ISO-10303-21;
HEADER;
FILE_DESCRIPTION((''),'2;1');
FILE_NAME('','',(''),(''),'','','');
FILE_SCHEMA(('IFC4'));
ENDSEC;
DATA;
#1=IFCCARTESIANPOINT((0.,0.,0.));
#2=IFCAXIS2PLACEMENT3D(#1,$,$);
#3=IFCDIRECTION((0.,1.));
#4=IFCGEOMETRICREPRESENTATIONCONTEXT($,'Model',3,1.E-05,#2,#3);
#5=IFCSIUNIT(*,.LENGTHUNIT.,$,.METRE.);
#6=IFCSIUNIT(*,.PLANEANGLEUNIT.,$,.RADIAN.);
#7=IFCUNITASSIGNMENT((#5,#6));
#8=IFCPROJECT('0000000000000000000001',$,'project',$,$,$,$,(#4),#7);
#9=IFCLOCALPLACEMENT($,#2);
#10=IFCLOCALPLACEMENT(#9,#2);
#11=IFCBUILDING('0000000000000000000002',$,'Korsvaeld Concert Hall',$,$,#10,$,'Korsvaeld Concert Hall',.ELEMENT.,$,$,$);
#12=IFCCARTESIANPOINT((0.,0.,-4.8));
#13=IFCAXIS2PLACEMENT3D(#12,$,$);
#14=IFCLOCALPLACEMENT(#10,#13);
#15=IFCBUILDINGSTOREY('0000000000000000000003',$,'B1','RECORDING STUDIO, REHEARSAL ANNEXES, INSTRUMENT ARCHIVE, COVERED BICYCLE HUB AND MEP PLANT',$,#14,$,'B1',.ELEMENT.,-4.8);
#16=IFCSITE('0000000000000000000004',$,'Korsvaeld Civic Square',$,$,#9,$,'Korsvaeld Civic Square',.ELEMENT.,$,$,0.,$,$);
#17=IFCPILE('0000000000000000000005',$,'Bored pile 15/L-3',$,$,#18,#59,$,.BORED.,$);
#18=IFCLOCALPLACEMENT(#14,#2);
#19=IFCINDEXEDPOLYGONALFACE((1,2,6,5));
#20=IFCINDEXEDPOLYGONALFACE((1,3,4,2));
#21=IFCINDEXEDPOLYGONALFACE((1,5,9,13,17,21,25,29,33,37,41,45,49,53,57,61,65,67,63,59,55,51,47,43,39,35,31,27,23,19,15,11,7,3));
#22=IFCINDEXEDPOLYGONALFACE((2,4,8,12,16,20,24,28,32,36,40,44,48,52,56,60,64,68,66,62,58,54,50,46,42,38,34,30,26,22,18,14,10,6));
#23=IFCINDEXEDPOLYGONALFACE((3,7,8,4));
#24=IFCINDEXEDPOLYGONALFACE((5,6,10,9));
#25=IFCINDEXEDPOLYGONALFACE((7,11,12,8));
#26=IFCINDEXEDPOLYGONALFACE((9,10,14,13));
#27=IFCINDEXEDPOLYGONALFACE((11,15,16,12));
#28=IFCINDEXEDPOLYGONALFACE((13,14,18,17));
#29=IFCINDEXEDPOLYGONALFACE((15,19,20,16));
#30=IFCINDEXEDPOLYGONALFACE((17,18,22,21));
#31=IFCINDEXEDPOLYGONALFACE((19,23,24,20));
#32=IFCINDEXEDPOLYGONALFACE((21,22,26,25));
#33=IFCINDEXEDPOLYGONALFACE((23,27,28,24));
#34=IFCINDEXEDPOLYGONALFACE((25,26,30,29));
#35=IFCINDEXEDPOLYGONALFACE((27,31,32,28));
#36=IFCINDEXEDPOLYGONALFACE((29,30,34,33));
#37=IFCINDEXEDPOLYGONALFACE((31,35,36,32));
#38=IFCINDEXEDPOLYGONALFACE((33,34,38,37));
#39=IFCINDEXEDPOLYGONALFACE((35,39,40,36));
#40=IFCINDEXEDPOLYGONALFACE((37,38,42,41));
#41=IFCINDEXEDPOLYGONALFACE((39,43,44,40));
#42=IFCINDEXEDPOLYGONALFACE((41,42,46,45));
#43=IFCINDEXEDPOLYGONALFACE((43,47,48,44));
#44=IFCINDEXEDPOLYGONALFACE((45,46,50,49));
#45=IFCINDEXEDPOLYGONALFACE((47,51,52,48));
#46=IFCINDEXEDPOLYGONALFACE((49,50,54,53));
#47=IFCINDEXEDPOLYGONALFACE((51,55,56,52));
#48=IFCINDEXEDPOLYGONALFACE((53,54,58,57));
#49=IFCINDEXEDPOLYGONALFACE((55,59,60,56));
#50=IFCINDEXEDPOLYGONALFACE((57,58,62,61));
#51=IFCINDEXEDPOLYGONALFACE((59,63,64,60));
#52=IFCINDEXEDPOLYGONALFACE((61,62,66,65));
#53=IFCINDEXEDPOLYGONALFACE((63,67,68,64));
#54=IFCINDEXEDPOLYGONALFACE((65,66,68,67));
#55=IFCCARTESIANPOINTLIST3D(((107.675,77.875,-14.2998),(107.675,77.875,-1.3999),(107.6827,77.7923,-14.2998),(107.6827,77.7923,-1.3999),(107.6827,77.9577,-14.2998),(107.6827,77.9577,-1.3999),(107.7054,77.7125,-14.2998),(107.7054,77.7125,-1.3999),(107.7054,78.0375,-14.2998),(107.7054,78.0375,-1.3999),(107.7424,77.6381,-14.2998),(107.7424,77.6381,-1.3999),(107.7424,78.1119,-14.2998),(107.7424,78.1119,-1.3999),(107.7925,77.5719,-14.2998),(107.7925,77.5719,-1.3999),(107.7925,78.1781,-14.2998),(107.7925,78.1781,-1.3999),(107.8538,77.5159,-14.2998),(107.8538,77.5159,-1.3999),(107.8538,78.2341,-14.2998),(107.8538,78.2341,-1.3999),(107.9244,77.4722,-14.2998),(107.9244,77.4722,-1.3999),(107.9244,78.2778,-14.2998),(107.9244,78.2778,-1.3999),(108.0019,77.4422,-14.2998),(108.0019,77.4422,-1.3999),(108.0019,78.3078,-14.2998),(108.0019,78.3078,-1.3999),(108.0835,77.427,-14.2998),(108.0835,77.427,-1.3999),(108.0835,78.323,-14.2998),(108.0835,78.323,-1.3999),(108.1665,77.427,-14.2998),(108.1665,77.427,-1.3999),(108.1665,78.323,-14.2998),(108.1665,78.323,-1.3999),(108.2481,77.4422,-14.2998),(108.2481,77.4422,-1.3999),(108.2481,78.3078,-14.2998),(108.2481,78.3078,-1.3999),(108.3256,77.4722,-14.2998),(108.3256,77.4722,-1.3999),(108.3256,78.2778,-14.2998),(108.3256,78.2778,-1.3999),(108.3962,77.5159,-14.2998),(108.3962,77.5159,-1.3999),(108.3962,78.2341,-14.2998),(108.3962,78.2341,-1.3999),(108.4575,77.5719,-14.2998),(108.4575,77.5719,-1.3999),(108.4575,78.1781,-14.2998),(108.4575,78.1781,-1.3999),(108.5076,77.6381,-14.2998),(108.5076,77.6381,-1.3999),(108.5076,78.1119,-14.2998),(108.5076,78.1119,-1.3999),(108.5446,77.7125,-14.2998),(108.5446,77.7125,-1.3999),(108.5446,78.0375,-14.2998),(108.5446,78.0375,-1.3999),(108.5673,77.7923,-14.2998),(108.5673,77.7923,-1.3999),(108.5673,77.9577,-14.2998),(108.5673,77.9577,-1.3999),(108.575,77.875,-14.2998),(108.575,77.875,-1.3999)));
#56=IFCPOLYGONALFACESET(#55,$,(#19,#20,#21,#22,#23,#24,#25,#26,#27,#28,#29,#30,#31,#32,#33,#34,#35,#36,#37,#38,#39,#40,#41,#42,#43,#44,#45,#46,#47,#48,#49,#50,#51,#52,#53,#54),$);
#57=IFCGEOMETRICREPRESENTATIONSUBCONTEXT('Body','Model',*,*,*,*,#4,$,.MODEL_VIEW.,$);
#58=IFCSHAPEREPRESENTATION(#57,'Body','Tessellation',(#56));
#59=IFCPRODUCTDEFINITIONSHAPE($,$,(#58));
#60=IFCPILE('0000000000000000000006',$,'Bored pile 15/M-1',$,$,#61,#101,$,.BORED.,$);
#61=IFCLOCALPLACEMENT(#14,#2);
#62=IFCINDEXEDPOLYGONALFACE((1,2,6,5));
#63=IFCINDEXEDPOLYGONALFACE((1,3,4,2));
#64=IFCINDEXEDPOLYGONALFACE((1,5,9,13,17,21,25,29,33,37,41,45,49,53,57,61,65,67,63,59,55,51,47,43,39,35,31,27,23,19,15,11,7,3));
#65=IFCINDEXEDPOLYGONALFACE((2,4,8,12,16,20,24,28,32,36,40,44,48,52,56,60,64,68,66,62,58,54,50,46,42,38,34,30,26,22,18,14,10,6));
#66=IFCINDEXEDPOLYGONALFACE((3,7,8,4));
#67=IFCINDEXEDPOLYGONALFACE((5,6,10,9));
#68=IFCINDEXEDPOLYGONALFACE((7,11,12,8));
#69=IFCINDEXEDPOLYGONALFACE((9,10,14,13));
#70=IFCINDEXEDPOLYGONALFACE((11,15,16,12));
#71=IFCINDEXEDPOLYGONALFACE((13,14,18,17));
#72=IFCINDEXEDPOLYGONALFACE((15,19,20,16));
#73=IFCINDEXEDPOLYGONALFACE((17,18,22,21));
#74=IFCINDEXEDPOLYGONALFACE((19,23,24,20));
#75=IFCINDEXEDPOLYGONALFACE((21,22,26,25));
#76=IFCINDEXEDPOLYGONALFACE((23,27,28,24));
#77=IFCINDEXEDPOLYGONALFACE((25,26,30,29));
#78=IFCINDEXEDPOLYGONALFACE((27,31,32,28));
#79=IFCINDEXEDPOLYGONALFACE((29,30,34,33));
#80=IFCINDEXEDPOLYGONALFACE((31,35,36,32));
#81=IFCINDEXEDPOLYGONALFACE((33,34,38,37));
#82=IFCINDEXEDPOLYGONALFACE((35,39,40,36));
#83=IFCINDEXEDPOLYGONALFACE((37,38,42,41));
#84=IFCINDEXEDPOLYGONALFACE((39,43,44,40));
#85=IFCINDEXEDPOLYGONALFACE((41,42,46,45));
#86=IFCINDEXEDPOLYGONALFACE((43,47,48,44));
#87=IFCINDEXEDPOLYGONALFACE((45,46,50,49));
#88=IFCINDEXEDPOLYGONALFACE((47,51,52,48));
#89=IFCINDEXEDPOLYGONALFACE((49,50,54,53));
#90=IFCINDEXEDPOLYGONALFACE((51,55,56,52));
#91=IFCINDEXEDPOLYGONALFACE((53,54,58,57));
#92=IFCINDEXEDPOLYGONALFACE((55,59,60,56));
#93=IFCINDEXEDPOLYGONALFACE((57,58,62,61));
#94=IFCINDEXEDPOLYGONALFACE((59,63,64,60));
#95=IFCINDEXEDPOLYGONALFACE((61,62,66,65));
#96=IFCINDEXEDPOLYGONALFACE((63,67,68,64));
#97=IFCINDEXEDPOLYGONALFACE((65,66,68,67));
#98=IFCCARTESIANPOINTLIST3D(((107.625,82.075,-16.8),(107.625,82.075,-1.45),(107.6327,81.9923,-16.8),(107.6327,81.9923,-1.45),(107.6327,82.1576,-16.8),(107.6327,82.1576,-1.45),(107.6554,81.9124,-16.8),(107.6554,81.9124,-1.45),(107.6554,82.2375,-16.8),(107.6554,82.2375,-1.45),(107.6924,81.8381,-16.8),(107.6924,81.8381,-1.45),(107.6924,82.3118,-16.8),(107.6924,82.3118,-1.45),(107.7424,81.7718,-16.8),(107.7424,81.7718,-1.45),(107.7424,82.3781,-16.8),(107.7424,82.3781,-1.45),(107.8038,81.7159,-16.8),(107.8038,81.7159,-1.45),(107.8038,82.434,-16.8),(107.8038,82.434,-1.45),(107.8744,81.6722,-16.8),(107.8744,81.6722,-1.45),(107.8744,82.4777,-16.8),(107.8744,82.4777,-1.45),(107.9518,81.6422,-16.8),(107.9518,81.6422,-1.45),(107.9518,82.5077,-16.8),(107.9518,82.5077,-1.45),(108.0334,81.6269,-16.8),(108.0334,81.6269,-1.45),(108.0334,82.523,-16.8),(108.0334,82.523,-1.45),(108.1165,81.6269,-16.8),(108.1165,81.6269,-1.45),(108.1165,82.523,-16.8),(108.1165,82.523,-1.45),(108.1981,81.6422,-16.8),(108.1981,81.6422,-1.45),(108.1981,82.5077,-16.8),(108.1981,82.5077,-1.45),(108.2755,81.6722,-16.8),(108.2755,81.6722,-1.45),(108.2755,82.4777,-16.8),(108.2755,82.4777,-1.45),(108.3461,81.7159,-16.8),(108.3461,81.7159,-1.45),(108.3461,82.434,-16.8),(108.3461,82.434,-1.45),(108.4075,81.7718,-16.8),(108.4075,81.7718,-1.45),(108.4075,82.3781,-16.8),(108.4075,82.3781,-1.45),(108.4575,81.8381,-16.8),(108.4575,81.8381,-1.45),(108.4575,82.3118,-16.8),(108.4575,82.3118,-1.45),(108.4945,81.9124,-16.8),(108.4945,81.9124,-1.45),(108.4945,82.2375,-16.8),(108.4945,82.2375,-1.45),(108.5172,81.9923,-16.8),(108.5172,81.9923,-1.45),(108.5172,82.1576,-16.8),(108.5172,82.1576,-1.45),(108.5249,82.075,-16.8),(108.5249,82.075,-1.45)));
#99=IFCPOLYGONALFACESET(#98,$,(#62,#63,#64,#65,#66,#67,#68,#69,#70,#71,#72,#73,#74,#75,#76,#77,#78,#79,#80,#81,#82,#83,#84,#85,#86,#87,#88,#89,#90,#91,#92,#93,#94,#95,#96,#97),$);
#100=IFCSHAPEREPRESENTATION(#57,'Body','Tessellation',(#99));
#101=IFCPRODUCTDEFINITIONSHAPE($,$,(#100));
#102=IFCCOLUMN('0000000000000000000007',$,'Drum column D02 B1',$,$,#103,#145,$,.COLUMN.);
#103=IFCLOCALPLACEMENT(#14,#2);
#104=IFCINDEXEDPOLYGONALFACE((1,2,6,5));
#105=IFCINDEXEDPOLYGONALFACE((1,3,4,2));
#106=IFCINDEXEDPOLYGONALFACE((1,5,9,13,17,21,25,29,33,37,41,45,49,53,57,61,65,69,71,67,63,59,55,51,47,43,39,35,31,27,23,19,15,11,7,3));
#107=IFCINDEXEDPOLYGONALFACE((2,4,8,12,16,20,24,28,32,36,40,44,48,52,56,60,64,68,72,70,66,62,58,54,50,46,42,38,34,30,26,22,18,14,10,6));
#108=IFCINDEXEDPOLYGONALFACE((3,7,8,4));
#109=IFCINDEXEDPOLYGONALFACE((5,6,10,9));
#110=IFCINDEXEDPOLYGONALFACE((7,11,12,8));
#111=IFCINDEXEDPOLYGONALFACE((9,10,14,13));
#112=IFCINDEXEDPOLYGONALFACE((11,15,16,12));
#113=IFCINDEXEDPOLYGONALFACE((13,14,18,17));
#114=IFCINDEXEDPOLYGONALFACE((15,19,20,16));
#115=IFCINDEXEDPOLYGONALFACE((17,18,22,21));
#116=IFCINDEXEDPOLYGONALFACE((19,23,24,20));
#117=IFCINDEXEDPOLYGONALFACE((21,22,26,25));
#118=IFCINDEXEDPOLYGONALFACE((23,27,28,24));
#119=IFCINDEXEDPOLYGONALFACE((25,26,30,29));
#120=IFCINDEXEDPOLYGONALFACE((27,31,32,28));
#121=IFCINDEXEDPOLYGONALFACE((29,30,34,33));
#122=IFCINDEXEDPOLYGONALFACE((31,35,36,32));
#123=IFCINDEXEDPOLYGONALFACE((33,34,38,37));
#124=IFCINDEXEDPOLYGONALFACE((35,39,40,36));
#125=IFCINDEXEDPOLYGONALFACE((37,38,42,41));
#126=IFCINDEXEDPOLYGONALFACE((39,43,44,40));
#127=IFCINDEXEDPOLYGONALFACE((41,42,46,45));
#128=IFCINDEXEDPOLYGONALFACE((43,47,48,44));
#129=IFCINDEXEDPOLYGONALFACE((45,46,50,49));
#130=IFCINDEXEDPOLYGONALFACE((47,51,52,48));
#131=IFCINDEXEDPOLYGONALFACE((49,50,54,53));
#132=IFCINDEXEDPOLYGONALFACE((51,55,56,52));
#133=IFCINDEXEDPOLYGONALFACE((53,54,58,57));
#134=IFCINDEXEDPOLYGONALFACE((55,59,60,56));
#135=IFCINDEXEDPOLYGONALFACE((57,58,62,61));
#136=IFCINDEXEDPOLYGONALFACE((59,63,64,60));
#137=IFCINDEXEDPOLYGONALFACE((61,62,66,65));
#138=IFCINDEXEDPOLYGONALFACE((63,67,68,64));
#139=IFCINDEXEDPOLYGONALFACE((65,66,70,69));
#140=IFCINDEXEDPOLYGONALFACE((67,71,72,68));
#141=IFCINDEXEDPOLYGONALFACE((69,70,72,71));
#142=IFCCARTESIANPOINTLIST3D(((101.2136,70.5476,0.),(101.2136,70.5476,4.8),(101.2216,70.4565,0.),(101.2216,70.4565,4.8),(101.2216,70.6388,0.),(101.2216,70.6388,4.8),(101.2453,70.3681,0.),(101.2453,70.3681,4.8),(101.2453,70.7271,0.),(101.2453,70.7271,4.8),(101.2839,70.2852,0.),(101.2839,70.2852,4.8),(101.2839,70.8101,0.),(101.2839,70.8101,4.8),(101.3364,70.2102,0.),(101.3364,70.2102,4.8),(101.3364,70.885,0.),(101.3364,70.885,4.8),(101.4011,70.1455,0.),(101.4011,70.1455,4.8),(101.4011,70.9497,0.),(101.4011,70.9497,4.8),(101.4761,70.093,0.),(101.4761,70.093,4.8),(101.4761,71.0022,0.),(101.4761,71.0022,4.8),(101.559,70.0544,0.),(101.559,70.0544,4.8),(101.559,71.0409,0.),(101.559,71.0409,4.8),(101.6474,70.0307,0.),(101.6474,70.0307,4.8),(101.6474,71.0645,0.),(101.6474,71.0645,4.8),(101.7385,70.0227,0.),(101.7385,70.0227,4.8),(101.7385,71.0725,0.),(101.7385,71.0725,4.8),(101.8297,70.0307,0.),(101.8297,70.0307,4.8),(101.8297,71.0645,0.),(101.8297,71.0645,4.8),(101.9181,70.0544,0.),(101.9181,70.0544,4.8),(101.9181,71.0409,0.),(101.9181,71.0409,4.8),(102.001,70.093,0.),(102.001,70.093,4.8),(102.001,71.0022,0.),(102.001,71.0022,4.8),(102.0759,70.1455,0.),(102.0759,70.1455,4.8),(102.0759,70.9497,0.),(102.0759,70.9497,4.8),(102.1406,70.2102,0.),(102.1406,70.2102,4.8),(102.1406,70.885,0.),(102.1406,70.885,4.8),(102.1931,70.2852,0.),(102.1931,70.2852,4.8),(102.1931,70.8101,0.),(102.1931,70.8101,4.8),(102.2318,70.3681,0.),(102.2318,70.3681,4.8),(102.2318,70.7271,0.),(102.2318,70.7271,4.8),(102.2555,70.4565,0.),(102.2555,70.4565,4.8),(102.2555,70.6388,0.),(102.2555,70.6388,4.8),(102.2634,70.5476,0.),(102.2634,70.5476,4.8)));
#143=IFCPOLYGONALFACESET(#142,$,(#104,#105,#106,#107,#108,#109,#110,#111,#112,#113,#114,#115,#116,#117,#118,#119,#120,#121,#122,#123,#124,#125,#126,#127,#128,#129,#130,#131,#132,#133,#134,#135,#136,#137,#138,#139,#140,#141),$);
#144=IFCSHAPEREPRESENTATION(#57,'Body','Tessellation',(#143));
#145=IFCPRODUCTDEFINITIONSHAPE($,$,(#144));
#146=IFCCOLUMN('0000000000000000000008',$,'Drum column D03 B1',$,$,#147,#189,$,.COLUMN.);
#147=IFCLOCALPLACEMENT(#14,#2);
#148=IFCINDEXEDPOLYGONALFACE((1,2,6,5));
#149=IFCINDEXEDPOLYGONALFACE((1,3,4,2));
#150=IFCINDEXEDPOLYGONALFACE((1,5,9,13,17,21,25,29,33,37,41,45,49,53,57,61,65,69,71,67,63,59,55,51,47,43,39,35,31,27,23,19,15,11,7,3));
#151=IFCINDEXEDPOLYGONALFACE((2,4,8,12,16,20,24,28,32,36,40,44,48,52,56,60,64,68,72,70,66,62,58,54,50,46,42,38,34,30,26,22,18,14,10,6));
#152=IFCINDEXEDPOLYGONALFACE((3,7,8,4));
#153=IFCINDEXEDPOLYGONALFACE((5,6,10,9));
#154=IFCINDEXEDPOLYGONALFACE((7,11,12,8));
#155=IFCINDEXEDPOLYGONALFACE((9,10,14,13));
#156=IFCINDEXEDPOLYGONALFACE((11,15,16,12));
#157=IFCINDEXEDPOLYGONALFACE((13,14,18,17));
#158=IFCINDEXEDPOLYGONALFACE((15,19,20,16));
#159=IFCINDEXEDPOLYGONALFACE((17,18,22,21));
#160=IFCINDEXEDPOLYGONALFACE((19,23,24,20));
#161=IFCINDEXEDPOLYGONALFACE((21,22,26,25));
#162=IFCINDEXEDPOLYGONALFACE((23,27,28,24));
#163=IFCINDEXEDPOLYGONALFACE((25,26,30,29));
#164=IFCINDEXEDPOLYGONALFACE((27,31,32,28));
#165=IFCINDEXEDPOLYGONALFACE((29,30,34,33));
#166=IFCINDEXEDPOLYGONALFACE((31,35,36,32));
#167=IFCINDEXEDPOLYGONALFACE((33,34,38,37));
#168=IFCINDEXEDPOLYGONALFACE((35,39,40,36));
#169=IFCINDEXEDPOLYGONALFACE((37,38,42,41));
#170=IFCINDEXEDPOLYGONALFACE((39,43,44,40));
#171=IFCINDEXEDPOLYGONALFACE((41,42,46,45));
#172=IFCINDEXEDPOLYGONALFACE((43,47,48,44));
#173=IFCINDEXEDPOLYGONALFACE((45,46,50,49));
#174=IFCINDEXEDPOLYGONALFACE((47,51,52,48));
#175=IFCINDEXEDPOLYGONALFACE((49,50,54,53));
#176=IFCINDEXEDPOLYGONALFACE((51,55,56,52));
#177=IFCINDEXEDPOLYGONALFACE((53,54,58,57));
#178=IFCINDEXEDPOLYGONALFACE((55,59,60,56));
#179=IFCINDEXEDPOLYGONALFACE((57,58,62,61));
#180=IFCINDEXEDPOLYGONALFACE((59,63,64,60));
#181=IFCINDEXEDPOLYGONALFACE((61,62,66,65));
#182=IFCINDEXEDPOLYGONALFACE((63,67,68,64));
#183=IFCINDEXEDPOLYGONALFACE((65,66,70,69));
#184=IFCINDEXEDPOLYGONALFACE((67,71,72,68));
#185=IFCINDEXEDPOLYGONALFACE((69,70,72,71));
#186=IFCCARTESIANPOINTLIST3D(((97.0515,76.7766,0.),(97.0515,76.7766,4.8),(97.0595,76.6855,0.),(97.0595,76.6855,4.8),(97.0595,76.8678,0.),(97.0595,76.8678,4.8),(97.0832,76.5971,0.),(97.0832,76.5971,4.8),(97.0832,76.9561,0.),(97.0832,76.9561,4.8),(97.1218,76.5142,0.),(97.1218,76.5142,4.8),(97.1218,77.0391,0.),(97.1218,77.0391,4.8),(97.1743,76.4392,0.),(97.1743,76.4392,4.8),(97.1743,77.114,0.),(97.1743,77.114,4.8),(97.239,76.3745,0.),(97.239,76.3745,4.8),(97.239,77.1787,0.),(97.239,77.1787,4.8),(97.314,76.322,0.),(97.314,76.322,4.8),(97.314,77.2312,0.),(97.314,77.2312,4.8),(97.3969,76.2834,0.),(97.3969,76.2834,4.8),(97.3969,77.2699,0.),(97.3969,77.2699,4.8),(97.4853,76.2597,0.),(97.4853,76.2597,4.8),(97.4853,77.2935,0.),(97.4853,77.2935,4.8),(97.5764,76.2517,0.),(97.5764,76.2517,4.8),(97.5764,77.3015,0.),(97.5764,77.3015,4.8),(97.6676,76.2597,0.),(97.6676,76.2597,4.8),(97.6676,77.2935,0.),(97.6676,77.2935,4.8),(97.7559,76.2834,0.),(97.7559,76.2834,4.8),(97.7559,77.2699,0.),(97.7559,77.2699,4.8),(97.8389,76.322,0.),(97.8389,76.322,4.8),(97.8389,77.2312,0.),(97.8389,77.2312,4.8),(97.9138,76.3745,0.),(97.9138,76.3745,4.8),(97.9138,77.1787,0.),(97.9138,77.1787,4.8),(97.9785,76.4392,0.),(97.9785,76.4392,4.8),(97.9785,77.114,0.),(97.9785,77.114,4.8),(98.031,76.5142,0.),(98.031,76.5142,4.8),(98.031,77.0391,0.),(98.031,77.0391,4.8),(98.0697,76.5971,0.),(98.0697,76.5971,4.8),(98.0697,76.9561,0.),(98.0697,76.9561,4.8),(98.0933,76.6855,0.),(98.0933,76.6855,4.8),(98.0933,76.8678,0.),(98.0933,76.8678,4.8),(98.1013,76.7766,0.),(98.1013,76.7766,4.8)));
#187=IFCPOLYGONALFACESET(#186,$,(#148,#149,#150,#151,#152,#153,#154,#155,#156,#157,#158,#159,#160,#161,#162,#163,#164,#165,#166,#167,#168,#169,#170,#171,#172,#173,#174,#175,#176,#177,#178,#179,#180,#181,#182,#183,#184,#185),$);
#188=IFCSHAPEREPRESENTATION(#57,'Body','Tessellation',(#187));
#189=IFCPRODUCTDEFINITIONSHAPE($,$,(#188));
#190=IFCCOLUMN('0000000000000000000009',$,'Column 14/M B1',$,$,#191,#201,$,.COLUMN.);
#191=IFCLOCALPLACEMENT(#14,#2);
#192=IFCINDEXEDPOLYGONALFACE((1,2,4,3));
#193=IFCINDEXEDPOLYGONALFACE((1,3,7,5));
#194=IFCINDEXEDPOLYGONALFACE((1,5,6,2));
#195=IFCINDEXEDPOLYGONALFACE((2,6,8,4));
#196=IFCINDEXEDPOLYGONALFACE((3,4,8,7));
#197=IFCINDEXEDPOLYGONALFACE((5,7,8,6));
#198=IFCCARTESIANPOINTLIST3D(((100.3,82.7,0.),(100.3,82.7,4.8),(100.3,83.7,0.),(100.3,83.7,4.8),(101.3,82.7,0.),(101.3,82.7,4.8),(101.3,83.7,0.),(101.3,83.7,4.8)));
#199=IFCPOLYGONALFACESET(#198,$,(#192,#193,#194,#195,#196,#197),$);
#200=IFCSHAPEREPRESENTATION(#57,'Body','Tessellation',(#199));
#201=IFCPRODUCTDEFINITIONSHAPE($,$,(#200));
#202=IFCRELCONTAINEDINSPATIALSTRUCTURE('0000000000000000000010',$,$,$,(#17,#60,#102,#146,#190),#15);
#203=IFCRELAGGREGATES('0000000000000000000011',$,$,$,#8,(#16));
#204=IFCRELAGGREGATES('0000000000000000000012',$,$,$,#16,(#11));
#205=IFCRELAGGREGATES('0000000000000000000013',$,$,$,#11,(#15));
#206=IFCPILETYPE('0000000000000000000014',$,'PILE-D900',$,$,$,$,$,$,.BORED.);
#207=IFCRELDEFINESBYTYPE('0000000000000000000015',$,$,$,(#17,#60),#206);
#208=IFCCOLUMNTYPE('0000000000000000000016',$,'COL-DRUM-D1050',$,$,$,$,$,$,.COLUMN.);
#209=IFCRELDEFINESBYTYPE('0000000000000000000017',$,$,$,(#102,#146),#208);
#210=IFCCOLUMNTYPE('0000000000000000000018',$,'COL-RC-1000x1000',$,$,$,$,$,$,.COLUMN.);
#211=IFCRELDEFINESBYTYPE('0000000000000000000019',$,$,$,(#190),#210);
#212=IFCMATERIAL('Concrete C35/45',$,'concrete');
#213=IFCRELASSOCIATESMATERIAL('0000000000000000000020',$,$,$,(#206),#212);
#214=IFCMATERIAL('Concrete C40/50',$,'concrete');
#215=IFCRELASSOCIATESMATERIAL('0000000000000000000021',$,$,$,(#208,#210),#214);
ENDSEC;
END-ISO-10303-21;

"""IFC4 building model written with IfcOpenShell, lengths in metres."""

from ifc_helpers import new_model, si_unit, direction, frame, origin, origin_2d, place, context, subcontext, project, spatial, rectangle, circle, extrude, material, material_profile, profile_set, type_object, element, save


model = new_model("IFC4")

# Units and contexts
model_context = context("Model", 3, precision=1e-05, world=origin(), true_north=direction((0.0, 1.0)))
body_context = subcontext(model_context, "Body", "Model", "MODEL_VIEW")
ifc_project = project(units=[si_unit("LENGTHUNIT", "METRE"), si_unit("PLANEANGLEUNIT", "RADIAN")], contexts=[model_context])

# Site, building, storey
site_placement = place(None, origin())
site = spatial("IfcSite", under=ifc_project, at=site_placement, Name="Korsvaeld Civic Square", LongName="Korsvaeld Civic Square", CompositionType="ELEMENT", RefElevation=0.0)
building_placement = place(site_placement, origin())
building = spatial("IfcBuilding", under=site, at=building_placement, Name="Korsvaeld Concert Hall", LongName="Korsvaeld Concert Hall", CompositionType="ELEMENT")
storey_placement = place(building_placement, frame((0.0, 0.0, -4.8)))
storey = spatial("IfcBuildingStorey", under=building, at=storey_placement, Name="B1", Description="RECORDING STUDIO, REHEARSAL ANNEXES, INSTRUMENT ARCHIVE, COVERED BICYCLE HUB AND MEP PLANT", LongName="B1", CompositionType="ELEMENT", Elevation=-4.8)

# Shared definitions
ifc_material_1 = material(Name="Concrete C35/45", Category="concrete")

# Piles
ifc_material_2 = material(Name="Concrete C40/50", Category="concrete")
ifc_material_profile_1 = material_profile(ifc_material_1, circle(Radius=0.45, at=origin_2d()), Name="BORED PILE D900")
ifc_profile_set_1 = profile_set([ifc_material_profile_1], Name="Concrete C35/45")
pile_type_1 = type_object("IfcPileType", Name="PILE-D900", PredefinedType="BORED", material=ifc_profile_set_1)
for number, where, z_axis, x_axis, name in (
    (1, (108.125, 77.875, -1.3999), (0.0, 0.0, -1.0), (1.0, 0.0, 0.0), "Bored pile 15/L-3"),
):
    element("IfcPile", number, at=place(storey_placement, frame(where, z_axis=z_axis, x_axis=x_axis)), inside=storey, type_object=pile_type_1, Name=name, PredefinedType="BORED", context=body_context, shape_type="SweptSolid", body=[
        extrude(circle(Radius=0.45, at=origin_2d()), origin(), (0.0, 0.0, 1.0), 12.8999),
    ])
pile_placement = place(storey_placement, frame((108.075, 82.075, -1.45), z_axis=(0.0, 0.0, -1.0), x_axis=(1.0, 0.0, 0.0)))
element("IfcPile", 2, at=pile_placement, inside=storey, type_object=pile_type_1, Name="Bored pile 15/M-1", PredefinedType="BORED", context=body_context, shape_type="SweptSolid", body=[
    extrude(circle(Radius=0.45, at=origin_2d()), origin(), (0.0, 0.0, 1.0), 15.3501),
])

# Columns
ifc_material_profile_2 = material_profile(ifc_material_2, circle(Radius=0.5249, at=origin_2d()), Name="RC D1050")
ifc_profile_set_2 = profile_set([ifc_material_profile_2], Name="Concrete C40/50")
column_type_1 = type_object("IfcColumnType", Name="COL-DRUM-D1050", PredefinedType="COLUMN", material=ifc_profile_set_2)
for number, where, z_axis, x_axis, name in (
    (3, (101.7385, 70.5476, 0.0), (0.0, 0.0, 1.0), (1.0, 0.0, 0.0), "Drum column D02 B1"),
    (4, (97.5764, 76.7766, 0.0), (0.0, 0.0, 1.0), (1.0, 0.0, 0.0), "Drum column D03 B1"),
):
    element("IfcColumn", number, at=place(storey_placement, frame(where, z_axis=z_axis, x_axis=x_axis)), inside=storey, type_object=column_type_1, Name=name, PredefinedType="COLUMN", context=body_context, shape_type="SweptSolid", body=[
        extrude(circle(Radius=0.5249, at=origin_2d()), origin(), (0.0, 0.0, 1.0), 4.8),
    ])
ifc_material_profile_3 = material_profile(ifc_material_2, rectangle(XDim=1.0, YDim=1.0, at=origin_2d()), Name="RC 1000x1000")
ifc_profile_set_3 = profile_set([ifc_material_profile_3], Name="Concrete C40/50")
column_type_2 = type_object("IfcColumnType", Name="COL-RC-1000x1000", PredefinedType="COLUMN", material=ifc_profile_set_3)
column_placement = place(storey_placement, frame((100.8, 83.2, 0.0), z_axis=(0.0, 0.0, 1.0), x_axis=(1.0, 0.0, 0.0)))
element("IfcColumn", 5, at=column_placement, inside=storey, type_object=column_type_2, Name="Column 14/M B1", PredefinedType="COLUMN", context=body_context, shape_type="SweptSolid", body=[
    extrude(rectangle(XDim=1.0, YDim=1.0, at=origin_2d()), origin(), (0.0, 0.0, 1.0), 4.8),
])

save(model, "model.ifc")
